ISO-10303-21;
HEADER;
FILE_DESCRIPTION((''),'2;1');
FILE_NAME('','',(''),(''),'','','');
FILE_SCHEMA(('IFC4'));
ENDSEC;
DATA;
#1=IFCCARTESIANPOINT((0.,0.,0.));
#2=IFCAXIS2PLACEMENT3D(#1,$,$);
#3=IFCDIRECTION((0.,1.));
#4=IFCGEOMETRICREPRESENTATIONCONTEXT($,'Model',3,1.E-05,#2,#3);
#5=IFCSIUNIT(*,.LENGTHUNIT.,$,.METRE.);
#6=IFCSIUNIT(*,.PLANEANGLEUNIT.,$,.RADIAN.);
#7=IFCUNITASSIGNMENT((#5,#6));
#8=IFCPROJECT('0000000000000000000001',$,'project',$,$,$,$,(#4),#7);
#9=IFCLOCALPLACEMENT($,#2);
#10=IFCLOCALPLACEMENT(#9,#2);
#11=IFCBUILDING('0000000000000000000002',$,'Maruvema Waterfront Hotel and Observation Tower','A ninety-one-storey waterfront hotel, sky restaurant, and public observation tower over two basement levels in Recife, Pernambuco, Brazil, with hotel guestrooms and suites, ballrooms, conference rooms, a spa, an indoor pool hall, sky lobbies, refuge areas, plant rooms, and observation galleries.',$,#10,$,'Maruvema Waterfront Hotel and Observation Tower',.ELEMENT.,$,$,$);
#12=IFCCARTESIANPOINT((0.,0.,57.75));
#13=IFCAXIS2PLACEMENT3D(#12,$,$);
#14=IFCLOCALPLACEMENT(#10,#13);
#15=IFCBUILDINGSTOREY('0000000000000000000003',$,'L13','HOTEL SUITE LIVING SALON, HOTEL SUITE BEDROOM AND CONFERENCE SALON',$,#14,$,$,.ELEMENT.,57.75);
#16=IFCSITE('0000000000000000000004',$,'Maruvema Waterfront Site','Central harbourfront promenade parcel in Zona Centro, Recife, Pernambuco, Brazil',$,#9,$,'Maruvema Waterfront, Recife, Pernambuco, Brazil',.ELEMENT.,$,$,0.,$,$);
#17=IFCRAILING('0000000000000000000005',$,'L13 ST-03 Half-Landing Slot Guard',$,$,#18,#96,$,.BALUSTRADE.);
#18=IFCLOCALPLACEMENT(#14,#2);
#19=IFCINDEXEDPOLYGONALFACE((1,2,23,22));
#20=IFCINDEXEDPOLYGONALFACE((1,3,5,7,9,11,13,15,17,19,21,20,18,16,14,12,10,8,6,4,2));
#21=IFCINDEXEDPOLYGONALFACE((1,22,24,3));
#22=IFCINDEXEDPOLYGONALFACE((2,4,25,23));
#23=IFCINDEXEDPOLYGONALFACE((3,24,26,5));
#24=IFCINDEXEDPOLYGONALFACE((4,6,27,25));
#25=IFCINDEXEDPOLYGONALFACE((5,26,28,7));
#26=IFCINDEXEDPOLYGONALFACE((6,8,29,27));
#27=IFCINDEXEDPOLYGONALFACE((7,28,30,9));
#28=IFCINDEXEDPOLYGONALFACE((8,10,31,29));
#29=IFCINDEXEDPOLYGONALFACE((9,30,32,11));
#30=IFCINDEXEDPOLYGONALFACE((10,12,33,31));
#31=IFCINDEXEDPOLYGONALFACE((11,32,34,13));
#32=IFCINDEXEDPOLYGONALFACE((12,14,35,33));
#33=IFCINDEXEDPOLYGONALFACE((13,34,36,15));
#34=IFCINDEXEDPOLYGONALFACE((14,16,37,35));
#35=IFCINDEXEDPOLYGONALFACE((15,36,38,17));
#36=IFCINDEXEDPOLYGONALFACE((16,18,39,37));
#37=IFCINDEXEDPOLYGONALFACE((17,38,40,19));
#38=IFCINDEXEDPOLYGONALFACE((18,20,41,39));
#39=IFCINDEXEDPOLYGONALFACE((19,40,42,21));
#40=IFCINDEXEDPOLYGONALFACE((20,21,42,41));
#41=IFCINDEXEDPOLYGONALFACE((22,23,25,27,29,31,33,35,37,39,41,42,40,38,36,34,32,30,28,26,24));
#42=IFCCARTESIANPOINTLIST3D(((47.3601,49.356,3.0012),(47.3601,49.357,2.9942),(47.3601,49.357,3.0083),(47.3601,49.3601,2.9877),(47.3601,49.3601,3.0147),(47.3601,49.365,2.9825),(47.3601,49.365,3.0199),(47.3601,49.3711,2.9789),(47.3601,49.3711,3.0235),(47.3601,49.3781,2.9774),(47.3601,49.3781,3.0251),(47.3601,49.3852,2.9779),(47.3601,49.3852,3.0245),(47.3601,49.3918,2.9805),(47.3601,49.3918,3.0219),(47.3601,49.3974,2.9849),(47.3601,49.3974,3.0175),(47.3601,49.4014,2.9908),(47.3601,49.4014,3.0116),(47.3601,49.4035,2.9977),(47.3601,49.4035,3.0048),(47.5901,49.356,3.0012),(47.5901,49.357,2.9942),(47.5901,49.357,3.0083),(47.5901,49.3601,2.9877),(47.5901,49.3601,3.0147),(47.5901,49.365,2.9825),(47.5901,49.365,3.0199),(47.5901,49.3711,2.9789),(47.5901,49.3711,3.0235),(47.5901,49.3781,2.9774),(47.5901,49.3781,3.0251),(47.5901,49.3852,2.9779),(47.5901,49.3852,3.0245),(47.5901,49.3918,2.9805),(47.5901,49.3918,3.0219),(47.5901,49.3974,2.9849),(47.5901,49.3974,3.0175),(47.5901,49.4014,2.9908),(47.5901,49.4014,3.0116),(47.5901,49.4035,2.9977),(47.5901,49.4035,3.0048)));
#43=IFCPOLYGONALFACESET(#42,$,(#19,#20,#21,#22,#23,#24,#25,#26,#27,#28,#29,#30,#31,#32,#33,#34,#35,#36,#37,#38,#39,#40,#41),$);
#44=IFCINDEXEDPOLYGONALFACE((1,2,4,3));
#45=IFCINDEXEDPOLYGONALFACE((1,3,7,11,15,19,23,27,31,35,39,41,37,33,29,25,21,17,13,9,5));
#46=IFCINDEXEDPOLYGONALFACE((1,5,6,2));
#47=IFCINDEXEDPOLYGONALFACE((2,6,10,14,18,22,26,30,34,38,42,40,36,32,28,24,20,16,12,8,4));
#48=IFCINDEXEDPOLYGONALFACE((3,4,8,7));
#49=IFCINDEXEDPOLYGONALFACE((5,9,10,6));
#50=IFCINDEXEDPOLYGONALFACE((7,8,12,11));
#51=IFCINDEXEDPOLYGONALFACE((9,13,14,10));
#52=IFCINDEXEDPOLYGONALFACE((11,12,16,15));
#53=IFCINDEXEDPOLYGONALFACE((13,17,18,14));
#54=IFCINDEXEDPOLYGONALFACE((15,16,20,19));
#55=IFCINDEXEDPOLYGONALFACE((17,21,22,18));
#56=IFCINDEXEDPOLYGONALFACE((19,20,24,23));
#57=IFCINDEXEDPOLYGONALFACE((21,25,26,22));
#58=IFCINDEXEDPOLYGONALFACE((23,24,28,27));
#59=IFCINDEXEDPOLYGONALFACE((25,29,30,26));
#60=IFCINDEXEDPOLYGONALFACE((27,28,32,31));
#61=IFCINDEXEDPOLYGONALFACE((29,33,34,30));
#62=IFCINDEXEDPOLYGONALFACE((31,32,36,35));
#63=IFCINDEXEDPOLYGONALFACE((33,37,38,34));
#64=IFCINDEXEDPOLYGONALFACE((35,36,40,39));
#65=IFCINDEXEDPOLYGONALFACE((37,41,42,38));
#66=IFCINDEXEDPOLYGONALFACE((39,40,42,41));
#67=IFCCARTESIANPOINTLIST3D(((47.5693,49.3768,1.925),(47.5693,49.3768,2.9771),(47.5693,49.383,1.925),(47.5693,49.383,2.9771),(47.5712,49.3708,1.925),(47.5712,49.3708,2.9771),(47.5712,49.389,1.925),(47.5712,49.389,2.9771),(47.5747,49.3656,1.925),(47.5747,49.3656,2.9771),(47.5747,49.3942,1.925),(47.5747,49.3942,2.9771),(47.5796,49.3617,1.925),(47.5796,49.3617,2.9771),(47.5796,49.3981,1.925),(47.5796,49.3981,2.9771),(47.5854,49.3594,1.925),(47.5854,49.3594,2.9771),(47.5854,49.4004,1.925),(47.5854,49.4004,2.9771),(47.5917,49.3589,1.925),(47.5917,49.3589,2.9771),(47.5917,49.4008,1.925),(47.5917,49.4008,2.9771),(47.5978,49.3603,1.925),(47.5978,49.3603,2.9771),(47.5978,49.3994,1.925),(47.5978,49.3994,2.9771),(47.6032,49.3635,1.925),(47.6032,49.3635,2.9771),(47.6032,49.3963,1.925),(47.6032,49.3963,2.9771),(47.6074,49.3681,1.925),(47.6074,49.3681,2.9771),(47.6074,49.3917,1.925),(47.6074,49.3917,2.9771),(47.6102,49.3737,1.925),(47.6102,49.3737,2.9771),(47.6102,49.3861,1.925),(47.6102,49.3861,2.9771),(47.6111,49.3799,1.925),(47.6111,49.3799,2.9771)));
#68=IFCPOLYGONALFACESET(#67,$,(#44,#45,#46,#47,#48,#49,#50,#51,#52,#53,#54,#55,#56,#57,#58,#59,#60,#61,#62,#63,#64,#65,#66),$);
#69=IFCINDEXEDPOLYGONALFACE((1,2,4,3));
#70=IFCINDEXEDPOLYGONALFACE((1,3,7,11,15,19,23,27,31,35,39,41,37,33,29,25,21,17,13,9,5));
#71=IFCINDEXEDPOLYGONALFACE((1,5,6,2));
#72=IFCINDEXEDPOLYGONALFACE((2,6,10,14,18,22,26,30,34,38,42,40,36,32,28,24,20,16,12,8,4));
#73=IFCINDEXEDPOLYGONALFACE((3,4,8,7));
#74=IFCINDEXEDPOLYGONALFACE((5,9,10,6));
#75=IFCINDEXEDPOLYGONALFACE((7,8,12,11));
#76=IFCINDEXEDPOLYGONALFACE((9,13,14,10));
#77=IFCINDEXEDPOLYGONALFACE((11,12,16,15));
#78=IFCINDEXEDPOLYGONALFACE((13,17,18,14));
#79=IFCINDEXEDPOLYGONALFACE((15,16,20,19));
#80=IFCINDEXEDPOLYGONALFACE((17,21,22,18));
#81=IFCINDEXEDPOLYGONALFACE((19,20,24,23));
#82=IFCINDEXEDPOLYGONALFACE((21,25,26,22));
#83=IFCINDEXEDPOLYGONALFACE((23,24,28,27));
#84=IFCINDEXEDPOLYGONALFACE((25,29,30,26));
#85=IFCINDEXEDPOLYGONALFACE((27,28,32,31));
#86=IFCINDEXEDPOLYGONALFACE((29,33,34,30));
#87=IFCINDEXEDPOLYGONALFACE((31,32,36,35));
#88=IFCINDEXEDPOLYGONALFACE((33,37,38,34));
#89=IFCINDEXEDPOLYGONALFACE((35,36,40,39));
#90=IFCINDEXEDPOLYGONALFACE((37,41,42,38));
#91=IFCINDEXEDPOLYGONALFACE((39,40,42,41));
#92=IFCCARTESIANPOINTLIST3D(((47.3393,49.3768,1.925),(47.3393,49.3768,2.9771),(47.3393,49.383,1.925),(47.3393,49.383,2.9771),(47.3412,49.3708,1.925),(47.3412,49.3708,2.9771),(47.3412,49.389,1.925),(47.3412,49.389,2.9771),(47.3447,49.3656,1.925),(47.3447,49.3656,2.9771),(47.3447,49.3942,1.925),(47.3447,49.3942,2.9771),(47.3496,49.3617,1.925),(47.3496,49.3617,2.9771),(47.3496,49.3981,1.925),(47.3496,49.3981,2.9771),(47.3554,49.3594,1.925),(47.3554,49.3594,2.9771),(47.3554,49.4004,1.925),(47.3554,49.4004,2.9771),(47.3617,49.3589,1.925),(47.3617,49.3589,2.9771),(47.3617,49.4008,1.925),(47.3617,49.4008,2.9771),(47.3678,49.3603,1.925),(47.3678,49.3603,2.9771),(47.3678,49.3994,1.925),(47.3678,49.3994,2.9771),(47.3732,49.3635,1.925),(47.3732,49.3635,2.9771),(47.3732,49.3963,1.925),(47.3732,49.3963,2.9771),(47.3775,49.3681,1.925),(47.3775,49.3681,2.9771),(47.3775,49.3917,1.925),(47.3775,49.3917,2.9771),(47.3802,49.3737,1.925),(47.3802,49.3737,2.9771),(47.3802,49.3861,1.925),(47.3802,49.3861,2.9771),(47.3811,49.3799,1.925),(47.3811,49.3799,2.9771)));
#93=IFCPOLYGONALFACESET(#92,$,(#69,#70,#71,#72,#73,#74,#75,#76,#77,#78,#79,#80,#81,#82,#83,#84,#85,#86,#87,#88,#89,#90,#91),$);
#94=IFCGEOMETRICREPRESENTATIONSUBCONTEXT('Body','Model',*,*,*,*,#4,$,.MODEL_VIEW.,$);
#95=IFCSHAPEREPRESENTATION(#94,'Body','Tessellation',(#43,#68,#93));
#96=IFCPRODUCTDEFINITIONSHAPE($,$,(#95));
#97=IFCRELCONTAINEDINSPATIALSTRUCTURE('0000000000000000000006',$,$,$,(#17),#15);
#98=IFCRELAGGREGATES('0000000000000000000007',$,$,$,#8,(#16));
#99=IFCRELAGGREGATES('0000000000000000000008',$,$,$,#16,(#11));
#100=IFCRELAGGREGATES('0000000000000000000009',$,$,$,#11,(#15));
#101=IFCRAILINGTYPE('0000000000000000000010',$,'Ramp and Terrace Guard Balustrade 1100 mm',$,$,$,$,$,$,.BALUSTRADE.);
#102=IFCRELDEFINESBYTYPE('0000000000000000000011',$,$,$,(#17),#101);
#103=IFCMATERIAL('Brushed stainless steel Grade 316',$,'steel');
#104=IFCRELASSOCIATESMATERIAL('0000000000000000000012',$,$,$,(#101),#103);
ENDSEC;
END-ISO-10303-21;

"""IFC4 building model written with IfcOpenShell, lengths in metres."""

from ifc_helpers import new_model, si_unit, direction, frame, origin, origin_2d, place, context, subcontext, project, spatial, circle, extrude, material, type_object, element, save


model = new_model("IFC4")

# Units and contexts
model_context = context("Model", 3, precision=1e-05, world=origin(), true_north=direction((0.0, 1.0)))
body_context = subcontext(model_context, "Body", "Model", "MODEL_VIEW")
ifc_project = project(units=[si_unit("LENGTHUNIT", "METRE"), si_unit("PLANEANGLEUNIT", "RADIAN")], contexts=[model_context])

# Site, building, storey
site_placement = place(None, origin())
site = spatial("IfcSite", under=ifc_project, at=site_placement, Name="Maruvema Waterfront Site", Description="Central harbourfront promenade parcel in Zona Centro, Recife, Pernambuco, Brazil", LongName="Maruvema Waterfront, Recife, Pernambuco, Brazil", CompositionType="ELEMENT", RefElevation=0.0)
building_placement = place(site_placement, origin())
building = spatial("IfcBuilding", under=site, at=building_placement, Name="Maruvema Waterfront Hotel and Observation Tower", Description="A ninety-one-storey waterfront hotel, sky restaurant, and public observation tower over two basement levels in Recife, Pernambuco, Brazil, with hotel guestrooms and suites, ballrooms, conference rooms, a spa, an indoor pool hall, sky lobbies, refuge areas, plant rooms, and observation galleries.", LongName="Maruvema Waterfront Hotel and Observation Tower", CompositionType="ELEMENT")
storey_placement = place(building_placement, frame((0.0, 0.0, 57.75)))
storey = spatial("IfcBuildingStorey", under=building, at=storey_placement, Name="L13", Description="HOTEL SUITE LIVING SALON, HOTEL SUITE BEDROOM AND CONFERENCE SALON", CompositionType="ELEMENT", Elevation=57.75)

# Railing
ifc_material_1 = material(Name="Brushed stainless steel Grade 316", Category="steel")
railing_type_1 = type_object("IfcRailingType", Name="Ramp and Terrace Guard Balustrade 1100 mm", PredefinedType="BALUSTRADE", material=ifc_material_1)
railing_1_placement = place(storey_placement, frame((47.5901, 49.3799, 1.925)))
element("IfcRailing", 1, at=railing_1_placement, inside=storey, type_object=railing_type_1, Name="L13 ST-03 Half-Landing Slot Guard", PredefinedType="BALUSTRADE", context=body_context, shape_type="SweptSolid", body=[
    extrude(circle(Radius=0.0239, at=origin_2d()), frame((0.0, 0.0, 1.0762), z_axis=(-1.0, 0.0, 0.0), x_axis=(0.0, -1.0, 0.0)), (0.0, 0.0, 1.0), 0.23),
    extrude(circle(Radius=0.021, at=origin_2d()), origin(), (0.0, 0.0, 1.0), 1.052),
    extrude(circle(Radius=0.021, at=origin_2d()), frame((-0.23, 0.0, 0.0)), (0.0, 0.0, 1.0), 1.052),
])

save(model, "model.ifc")
